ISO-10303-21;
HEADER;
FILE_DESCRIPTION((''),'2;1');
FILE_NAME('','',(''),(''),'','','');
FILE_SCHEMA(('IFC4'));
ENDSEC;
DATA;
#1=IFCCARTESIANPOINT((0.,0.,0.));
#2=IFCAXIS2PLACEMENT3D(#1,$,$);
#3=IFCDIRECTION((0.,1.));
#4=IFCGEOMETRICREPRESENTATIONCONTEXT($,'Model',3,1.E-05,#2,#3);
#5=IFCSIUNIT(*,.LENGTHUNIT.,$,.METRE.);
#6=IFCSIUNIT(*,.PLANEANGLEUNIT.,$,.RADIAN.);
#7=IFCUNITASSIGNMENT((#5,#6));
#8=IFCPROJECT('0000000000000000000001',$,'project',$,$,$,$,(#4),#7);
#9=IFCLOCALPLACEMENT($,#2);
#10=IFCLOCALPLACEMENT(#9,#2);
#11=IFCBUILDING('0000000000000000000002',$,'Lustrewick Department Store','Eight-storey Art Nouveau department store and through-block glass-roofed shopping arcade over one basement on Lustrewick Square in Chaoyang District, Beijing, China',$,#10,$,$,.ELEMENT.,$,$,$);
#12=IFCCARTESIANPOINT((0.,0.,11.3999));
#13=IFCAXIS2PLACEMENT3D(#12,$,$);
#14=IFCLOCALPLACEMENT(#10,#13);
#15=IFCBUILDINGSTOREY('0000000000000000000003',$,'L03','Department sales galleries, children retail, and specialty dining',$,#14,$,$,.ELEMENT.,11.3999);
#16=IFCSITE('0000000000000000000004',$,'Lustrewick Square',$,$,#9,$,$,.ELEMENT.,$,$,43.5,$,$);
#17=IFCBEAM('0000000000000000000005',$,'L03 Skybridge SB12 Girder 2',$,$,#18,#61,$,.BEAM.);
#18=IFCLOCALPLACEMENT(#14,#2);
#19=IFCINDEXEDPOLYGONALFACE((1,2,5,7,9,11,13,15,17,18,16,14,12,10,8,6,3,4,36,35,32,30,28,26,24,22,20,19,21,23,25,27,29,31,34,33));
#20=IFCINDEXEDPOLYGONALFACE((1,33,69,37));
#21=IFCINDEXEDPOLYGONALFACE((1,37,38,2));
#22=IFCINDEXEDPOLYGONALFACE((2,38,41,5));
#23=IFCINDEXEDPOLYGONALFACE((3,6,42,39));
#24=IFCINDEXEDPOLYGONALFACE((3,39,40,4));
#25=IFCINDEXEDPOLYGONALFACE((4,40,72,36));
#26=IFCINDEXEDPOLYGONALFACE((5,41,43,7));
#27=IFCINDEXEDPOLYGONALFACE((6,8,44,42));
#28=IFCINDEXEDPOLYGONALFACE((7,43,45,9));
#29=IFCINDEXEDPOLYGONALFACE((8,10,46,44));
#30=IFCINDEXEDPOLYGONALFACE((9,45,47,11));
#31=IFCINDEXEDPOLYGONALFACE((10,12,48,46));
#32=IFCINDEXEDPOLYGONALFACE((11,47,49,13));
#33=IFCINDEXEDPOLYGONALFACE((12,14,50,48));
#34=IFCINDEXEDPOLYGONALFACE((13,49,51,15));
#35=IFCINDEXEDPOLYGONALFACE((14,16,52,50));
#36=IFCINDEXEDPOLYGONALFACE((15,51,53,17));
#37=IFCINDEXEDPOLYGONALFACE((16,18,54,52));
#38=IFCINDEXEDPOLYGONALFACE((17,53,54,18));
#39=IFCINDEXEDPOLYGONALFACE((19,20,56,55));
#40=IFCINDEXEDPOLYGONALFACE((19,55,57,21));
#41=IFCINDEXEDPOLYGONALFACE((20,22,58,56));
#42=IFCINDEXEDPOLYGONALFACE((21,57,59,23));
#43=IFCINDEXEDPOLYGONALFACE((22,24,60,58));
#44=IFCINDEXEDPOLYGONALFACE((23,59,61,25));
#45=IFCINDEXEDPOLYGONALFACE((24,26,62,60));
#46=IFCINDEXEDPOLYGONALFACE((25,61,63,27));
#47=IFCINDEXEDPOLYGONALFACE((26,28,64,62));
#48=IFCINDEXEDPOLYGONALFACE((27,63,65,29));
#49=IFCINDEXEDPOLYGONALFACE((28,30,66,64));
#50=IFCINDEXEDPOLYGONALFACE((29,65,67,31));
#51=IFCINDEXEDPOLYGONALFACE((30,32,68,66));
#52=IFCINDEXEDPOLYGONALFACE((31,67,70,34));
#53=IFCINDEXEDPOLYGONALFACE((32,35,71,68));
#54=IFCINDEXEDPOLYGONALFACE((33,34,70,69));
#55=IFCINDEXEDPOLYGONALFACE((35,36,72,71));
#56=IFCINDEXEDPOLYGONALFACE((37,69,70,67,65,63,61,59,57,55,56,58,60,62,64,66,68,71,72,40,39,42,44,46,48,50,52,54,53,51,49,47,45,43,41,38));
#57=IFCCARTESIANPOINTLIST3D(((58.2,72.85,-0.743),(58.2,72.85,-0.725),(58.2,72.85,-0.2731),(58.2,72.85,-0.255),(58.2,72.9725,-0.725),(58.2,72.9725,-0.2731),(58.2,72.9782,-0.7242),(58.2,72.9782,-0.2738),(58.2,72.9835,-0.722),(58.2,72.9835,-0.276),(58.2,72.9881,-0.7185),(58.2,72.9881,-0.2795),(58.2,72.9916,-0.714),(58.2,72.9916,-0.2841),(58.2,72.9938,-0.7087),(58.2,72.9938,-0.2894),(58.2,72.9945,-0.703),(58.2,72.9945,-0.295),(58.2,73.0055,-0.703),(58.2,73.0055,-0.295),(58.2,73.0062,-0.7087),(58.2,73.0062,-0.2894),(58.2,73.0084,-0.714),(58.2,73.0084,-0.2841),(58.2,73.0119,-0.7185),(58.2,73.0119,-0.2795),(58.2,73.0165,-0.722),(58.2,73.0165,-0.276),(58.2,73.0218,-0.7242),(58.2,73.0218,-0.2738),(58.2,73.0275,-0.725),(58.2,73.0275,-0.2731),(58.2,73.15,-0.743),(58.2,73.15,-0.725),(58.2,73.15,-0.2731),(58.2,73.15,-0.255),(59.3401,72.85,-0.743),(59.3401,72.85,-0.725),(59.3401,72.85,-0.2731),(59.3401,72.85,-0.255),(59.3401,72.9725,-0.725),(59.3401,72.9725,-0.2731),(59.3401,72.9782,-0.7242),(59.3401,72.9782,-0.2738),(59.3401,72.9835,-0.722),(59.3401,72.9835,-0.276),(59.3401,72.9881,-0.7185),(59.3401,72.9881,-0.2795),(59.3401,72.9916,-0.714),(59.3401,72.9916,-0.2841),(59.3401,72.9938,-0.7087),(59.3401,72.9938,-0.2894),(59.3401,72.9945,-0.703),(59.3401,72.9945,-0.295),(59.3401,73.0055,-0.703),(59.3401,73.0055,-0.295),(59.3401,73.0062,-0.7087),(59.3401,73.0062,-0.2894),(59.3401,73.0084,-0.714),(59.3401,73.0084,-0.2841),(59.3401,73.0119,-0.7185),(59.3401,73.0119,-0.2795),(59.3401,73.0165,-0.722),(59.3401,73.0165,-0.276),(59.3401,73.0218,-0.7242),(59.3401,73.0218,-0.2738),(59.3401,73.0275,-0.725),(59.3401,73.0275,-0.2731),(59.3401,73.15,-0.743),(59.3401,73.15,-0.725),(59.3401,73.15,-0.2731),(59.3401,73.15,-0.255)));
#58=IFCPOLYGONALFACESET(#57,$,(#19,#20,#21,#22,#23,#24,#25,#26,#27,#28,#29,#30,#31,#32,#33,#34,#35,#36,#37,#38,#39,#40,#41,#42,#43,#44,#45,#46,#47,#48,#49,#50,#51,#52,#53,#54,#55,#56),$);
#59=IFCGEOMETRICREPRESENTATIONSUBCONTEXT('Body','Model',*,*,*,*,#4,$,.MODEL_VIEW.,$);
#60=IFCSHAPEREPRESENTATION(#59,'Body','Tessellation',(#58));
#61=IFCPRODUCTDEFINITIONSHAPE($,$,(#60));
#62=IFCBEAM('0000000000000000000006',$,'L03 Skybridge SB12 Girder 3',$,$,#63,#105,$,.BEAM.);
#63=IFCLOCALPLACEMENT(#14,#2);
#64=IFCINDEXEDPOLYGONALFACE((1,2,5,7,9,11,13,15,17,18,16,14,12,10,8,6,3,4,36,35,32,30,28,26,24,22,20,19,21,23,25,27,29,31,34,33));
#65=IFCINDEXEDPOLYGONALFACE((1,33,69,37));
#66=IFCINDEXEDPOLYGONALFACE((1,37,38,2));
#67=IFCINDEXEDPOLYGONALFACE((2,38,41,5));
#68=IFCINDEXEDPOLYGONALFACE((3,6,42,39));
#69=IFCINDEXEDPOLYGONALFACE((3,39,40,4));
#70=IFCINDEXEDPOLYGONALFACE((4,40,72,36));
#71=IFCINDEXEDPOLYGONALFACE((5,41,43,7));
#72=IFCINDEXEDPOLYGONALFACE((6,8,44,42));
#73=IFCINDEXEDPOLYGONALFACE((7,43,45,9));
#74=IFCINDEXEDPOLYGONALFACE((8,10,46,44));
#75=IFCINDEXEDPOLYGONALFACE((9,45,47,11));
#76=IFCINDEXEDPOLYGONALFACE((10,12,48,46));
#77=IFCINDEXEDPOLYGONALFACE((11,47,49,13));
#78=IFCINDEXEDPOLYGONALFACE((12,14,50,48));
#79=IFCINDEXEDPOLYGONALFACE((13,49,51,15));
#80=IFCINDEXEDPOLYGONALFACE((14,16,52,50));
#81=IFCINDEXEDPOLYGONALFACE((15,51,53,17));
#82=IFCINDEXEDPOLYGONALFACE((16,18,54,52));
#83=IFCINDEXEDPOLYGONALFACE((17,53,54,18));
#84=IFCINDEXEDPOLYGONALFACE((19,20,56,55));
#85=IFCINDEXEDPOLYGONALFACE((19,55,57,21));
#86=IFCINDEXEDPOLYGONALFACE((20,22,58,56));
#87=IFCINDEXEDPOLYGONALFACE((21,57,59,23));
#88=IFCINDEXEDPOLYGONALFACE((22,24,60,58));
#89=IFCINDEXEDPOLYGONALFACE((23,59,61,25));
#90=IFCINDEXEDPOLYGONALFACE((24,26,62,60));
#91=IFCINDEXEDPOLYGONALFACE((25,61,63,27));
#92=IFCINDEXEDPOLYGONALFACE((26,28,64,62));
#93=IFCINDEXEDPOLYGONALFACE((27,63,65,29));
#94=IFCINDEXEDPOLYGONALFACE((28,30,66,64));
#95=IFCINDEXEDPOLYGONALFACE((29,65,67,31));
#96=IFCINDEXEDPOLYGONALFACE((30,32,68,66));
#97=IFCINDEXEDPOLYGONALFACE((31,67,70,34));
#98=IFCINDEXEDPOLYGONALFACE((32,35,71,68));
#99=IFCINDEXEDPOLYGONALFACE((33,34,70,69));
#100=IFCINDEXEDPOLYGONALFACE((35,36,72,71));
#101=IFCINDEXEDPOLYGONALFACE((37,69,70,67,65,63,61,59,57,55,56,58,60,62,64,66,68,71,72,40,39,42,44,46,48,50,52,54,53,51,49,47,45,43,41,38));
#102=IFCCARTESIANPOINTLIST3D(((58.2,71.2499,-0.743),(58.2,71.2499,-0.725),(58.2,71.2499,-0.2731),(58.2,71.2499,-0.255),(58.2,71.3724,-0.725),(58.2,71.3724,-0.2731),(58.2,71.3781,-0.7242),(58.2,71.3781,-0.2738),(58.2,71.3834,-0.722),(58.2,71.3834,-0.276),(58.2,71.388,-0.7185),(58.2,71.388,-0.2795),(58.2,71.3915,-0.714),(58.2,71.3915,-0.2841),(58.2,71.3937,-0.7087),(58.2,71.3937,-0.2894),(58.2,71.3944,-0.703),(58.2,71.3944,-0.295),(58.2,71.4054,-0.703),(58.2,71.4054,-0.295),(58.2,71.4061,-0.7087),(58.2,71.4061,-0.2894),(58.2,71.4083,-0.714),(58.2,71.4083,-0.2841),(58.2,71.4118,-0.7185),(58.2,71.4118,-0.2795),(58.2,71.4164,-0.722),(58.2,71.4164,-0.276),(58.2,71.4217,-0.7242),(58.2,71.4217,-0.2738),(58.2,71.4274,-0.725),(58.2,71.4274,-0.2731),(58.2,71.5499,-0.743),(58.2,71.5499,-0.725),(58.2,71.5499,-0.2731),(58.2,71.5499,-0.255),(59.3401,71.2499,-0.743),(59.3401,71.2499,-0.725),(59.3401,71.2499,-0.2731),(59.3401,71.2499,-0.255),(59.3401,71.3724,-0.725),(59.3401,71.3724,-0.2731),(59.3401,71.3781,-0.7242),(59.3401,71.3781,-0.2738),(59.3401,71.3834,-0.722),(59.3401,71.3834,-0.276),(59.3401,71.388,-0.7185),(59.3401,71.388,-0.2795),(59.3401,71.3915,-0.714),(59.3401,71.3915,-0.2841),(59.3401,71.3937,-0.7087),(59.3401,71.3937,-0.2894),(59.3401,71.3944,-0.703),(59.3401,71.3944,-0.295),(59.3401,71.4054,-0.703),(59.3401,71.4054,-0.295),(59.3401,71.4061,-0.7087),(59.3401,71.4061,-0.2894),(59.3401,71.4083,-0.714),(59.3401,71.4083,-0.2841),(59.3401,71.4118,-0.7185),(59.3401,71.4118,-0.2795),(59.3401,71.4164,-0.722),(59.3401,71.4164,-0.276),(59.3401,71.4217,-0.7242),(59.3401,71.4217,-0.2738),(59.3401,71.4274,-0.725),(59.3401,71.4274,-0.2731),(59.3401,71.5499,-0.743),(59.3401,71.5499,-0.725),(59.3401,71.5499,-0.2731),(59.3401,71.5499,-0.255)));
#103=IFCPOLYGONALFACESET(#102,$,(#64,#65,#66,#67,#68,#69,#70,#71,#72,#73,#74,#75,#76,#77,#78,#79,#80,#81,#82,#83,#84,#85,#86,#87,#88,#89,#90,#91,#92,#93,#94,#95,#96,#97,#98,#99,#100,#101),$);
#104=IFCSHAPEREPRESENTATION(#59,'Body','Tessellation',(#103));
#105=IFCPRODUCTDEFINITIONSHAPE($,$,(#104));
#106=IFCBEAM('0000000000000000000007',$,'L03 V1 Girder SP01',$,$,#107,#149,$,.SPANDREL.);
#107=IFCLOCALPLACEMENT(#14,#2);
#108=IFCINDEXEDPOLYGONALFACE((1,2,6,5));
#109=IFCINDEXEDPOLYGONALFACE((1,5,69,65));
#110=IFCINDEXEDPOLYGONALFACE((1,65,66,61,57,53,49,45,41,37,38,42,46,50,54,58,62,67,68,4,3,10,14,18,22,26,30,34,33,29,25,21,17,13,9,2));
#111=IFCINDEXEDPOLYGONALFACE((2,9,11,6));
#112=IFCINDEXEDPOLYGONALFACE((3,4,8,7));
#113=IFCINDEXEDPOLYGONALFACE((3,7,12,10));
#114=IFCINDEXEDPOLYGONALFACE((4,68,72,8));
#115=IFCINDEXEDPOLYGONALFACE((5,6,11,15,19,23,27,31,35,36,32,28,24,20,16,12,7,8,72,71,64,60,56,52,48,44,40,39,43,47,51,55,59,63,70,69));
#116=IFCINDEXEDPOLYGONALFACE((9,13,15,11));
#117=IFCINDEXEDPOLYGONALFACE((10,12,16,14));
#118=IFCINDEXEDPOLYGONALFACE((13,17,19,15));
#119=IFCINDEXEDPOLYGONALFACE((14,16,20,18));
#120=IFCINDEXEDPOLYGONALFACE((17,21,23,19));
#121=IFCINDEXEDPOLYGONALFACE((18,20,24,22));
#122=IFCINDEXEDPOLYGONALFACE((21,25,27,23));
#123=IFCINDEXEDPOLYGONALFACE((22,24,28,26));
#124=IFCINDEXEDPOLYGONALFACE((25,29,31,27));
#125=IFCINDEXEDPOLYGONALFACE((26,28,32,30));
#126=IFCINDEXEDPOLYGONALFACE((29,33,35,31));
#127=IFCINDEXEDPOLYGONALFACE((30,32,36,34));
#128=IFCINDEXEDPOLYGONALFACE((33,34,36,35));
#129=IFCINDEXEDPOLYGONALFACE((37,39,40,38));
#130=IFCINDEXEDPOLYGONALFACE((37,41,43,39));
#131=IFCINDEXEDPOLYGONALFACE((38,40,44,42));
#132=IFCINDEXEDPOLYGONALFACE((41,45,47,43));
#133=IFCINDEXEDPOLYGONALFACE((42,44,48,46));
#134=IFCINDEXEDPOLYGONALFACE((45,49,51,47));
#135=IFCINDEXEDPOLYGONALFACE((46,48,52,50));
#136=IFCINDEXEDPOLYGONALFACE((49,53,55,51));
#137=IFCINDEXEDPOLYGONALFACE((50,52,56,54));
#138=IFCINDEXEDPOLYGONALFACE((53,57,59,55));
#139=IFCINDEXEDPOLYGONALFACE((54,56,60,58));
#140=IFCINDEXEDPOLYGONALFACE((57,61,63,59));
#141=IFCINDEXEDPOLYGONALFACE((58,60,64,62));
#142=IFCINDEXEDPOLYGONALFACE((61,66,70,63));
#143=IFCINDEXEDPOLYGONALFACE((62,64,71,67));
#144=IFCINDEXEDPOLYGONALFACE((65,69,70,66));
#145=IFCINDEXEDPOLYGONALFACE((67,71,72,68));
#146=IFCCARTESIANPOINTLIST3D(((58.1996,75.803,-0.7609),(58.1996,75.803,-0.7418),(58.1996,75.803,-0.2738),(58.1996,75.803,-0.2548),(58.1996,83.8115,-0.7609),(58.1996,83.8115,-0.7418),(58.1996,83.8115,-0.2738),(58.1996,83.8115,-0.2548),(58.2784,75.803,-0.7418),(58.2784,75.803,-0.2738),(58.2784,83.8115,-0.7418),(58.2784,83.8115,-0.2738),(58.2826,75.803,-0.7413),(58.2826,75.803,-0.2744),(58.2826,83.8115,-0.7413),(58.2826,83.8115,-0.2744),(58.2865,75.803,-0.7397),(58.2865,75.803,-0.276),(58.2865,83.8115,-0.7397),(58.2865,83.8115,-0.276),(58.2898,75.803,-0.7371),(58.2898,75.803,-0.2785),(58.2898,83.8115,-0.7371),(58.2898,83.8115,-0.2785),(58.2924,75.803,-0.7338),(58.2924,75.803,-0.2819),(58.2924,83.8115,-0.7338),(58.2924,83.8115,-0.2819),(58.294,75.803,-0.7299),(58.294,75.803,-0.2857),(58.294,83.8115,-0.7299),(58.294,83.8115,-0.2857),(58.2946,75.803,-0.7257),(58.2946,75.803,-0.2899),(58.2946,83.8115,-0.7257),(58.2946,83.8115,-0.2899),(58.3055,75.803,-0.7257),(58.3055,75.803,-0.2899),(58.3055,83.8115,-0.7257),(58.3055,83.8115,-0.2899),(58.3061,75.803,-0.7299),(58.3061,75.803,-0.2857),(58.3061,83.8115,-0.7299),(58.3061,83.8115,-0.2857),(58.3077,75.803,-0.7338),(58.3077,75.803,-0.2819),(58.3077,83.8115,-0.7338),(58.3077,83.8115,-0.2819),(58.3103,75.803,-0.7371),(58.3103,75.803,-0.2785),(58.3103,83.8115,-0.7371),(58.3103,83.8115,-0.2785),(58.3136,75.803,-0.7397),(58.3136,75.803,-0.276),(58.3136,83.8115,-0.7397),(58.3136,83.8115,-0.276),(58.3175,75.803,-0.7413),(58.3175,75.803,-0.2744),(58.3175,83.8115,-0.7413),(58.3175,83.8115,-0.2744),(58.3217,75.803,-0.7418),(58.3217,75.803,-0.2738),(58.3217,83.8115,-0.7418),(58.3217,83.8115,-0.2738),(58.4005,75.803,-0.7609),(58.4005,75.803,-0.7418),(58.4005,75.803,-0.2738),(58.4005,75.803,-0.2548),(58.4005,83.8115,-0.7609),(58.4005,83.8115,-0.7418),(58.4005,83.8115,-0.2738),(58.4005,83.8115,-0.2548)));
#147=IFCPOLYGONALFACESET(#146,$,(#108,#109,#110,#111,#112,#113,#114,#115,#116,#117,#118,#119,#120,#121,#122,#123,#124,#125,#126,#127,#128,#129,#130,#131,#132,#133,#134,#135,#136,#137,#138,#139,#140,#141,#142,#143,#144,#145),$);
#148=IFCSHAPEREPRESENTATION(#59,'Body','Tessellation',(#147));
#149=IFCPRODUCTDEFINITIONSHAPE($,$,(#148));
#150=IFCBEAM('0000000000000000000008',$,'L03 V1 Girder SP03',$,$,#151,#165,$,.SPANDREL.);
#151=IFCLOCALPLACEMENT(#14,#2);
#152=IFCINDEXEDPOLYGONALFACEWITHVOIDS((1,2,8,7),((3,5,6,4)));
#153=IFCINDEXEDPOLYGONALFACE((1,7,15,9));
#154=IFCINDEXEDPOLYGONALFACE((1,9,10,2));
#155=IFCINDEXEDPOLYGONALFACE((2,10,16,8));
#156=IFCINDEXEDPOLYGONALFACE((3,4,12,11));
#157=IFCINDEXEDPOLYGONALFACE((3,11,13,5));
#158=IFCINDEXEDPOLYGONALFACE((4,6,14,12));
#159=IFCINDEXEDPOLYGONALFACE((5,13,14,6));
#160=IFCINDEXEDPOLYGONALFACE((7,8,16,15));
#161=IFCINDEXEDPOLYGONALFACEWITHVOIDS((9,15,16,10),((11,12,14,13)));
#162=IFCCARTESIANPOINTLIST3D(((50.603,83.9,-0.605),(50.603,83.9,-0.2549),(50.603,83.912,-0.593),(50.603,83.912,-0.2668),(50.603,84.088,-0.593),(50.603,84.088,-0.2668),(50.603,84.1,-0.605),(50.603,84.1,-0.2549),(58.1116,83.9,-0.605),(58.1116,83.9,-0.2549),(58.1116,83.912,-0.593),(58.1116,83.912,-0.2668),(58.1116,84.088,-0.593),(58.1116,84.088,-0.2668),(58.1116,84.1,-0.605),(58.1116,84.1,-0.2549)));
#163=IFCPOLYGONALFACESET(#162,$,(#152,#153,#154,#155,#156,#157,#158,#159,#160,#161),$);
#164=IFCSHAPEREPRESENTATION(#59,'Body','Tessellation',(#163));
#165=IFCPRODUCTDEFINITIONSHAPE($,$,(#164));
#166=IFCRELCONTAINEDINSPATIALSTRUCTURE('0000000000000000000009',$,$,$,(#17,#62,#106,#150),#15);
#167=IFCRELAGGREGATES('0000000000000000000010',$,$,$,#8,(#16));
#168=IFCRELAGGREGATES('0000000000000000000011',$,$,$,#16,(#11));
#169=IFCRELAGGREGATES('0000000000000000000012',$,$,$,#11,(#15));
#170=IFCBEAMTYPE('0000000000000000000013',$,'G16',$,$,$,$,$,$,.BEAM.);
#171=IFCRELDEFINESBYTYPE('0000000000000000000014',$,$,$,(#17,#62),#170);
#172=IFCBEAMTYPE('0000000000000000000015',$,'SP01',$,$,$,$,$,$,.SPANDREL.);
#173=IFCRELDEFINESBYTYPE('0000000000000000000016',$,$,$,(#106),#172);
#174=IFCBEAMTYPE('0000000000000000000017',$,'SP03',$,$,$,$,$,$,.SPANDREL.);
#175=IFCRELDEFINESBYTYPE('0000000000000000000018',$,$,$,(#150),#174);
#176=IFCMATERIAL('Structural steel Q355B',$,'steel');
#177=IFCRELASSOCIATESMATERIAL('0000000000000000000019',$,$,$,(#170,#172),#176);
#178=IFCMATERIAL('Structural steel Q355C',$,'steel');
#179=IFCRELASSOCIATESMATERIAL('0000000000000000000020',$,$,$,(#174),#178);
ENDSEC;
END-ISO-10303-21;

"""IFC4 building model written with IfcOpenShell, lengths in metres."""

from ifc_helpers import new_model, si_unit, direction, frame, origin, origin_2d, place, context, subcontext, project, spatial, hollow_rectangle, i_section, extrude, material, material_profile, profile_set, type_object, element, save


model = new_model("IFC4")

# Units and contexts
model_context = context("Model", 3, precision=1e-05, world=origin(), true_north=direction((0.0, 1.0)))
body_context = subcontext(model_context, "Body", "Model", "MODEL_VIEW")
ifc_project = project(units=[si_unit("LENGTHUNIT", "METRE"), si_unit("PLANEANGLEUNIT", "RADIAN")], contexts=[model_context])

# Site, building, storey
site_placement = place(None, origin())
site = spatial("IfcSite", under=ifc_project, at=site_placement, Name="Lustrewick Square", CompositionType="ELEMENT", RefElevation=43.5)
building_placement = place(site_placement, origin())
building = spatial("IfcBuilding", under=site, at=building_placement, Name="Lustrewick Department Store", Description="Eight-storey Art Nouveau department store and through-block glass-roofed shopping arcade over one basement on Lustrewick Square in Chaoyang District, Beijing, China", CompositionType="ELEMENT")
storey_placement = place(building_placement, frame((0.0, 0.0, 11.3999)))
storey = spatial("IfcBuildingStorey", under=building, at=storey_placement, Name="L03", Description="Department sales galleries, children retail, and specialty dining", CompositionType="ELEMENT", Elevation=11.3999)

# Shared definitions
ifc_material_1 = material(Name="Structural steel Q355B", Category="steel")
ifc_material_2 = material(Name="Structural steel Q355C", Category="steel")

# Beams
ifc_material_profile_1 = material_profile(ifc_material_1, i_section(OverallWidth=0.3, OverallDepth=0.488, WebThickness=0.011, FlangeThickness=0.0181, FilletRadius=0.022, at=origin_2d()), Name="HM 488x300x11x18")
ifc_profile_set_1 = profile_set([ifc_material_profile_1], Name="Structural steel Q355B")
beam_type_1 = type_object("IfcBeamType", Name="G16", PredefinedType="BEAM", material=ifc_profile_set_1)
for number, where, z_axis, x_axis, name in (
    (1, (58.2, 73.0, -0.499), (1.0, 0.0, 0.0), (0.0, 1.0, 0.0), "L03 Skybridge SB12 Girder 2"),
    (2, (58.2, 71.3999, -0.499), (1.0, 0.0, 0.0), (0.0, 1.0, 0.0), "L03 Skybridge SB12 Girder 3"),
):
    element("IfcBeam", number, at=place(storey_placement, frame(where, z_axis=z_axis, x_axis=x_axis)), inside=storey, type_object=beam_type_1, Name=name, PredefinedType="BEAM", context=body_context, shape_type="SweptSolid", body=[
        extrude(i_section(OverallWidth=0.3, OverallDepth=0.488, WebThickness=0.011, FlangeThickness=0.0181, FilletRadius=0.022, at=origin_2d()), origin(), (0.0, 0.0, 1.0), 1.1401),
    ])
ifc_material_profile_2 = material_profile(ifc_material_1, i_section(OverallWidth=0.2009, OverallDepth=0.5061, WebThickness=0.011, FlangeThickness=0.019, FilletRadius=0.0161, at=origin_2d()), Name="HN 506x201x11x19")
ifc_profile_set_2 = profile_set([ifc_material_profile_2], Name="Structural steel Q355B")
beam_type_2 = type_object("IfcBeamType", Name="SP01", PredefinedType="SPANDREL", material=ifc_profile_set_2)
beam_1_placement = place(storey_placement, frame((58.3, 75.803, -0.5078), z_axis=(0.0, 1.0, 0.0), x_axis=(-1.0, 0.0, 0.0)))
element("IfcBeam", 3, at=beam_1_placement, inside=storey, type_object=beam_type_2, Name="L03 V1 Girder SP01", PredefinedType="SPANDREL", context=body_context, shape_type="SweptSolid", body=[
    extrude(i_section(OverallWidth=0.2009, OverallDepth=0.5061, WebThickness=0.011, FlangeThickness=0.019, FilletRadius=0.0161, at=origin_2d()), origin(), (0.0, 0.0, 1.0), 8.0085),
])
ifc_material_profile_3 = material_profile(ifc_material_2, hollow_rectangle(XDim=0.2, YDim=0.3501, WallThickness=0.012, at=origin_2d()), Name="RHS 350x200x12")
ifc_profile_set_3 = profile_set([ifc_material_profile_3], Name="Structural steel Q355C")
beam_type_3 = type_object("IfcBeamType", Name="SP03", PredefinedType="SPANDREL", material=ifc_profile_set_3)
beam_2_placement = place(storey_placement, frame((50.603, 84.0, -0.4299), z_axis=(1.0, 0.0, 0.0), x_axis=(0.0, 1.0, 0.0)))
element("IfcBeam", 4, at=beam_2_placement, inside=storey, type_object=beam_type_3, Name="L03 V1 Girder SP03", PredefinedType="SPANDREL", context=body_context, shape_type="SweptSolid", body=[
    extrude(hollow_rectangle(XDim=0.2, YDim=0.3501, WallThickness=0.012, at=origin_2d()), origin(), (0.0, 0.0, 1.0), 7.5085),
])

save(model, "model.ifc")
